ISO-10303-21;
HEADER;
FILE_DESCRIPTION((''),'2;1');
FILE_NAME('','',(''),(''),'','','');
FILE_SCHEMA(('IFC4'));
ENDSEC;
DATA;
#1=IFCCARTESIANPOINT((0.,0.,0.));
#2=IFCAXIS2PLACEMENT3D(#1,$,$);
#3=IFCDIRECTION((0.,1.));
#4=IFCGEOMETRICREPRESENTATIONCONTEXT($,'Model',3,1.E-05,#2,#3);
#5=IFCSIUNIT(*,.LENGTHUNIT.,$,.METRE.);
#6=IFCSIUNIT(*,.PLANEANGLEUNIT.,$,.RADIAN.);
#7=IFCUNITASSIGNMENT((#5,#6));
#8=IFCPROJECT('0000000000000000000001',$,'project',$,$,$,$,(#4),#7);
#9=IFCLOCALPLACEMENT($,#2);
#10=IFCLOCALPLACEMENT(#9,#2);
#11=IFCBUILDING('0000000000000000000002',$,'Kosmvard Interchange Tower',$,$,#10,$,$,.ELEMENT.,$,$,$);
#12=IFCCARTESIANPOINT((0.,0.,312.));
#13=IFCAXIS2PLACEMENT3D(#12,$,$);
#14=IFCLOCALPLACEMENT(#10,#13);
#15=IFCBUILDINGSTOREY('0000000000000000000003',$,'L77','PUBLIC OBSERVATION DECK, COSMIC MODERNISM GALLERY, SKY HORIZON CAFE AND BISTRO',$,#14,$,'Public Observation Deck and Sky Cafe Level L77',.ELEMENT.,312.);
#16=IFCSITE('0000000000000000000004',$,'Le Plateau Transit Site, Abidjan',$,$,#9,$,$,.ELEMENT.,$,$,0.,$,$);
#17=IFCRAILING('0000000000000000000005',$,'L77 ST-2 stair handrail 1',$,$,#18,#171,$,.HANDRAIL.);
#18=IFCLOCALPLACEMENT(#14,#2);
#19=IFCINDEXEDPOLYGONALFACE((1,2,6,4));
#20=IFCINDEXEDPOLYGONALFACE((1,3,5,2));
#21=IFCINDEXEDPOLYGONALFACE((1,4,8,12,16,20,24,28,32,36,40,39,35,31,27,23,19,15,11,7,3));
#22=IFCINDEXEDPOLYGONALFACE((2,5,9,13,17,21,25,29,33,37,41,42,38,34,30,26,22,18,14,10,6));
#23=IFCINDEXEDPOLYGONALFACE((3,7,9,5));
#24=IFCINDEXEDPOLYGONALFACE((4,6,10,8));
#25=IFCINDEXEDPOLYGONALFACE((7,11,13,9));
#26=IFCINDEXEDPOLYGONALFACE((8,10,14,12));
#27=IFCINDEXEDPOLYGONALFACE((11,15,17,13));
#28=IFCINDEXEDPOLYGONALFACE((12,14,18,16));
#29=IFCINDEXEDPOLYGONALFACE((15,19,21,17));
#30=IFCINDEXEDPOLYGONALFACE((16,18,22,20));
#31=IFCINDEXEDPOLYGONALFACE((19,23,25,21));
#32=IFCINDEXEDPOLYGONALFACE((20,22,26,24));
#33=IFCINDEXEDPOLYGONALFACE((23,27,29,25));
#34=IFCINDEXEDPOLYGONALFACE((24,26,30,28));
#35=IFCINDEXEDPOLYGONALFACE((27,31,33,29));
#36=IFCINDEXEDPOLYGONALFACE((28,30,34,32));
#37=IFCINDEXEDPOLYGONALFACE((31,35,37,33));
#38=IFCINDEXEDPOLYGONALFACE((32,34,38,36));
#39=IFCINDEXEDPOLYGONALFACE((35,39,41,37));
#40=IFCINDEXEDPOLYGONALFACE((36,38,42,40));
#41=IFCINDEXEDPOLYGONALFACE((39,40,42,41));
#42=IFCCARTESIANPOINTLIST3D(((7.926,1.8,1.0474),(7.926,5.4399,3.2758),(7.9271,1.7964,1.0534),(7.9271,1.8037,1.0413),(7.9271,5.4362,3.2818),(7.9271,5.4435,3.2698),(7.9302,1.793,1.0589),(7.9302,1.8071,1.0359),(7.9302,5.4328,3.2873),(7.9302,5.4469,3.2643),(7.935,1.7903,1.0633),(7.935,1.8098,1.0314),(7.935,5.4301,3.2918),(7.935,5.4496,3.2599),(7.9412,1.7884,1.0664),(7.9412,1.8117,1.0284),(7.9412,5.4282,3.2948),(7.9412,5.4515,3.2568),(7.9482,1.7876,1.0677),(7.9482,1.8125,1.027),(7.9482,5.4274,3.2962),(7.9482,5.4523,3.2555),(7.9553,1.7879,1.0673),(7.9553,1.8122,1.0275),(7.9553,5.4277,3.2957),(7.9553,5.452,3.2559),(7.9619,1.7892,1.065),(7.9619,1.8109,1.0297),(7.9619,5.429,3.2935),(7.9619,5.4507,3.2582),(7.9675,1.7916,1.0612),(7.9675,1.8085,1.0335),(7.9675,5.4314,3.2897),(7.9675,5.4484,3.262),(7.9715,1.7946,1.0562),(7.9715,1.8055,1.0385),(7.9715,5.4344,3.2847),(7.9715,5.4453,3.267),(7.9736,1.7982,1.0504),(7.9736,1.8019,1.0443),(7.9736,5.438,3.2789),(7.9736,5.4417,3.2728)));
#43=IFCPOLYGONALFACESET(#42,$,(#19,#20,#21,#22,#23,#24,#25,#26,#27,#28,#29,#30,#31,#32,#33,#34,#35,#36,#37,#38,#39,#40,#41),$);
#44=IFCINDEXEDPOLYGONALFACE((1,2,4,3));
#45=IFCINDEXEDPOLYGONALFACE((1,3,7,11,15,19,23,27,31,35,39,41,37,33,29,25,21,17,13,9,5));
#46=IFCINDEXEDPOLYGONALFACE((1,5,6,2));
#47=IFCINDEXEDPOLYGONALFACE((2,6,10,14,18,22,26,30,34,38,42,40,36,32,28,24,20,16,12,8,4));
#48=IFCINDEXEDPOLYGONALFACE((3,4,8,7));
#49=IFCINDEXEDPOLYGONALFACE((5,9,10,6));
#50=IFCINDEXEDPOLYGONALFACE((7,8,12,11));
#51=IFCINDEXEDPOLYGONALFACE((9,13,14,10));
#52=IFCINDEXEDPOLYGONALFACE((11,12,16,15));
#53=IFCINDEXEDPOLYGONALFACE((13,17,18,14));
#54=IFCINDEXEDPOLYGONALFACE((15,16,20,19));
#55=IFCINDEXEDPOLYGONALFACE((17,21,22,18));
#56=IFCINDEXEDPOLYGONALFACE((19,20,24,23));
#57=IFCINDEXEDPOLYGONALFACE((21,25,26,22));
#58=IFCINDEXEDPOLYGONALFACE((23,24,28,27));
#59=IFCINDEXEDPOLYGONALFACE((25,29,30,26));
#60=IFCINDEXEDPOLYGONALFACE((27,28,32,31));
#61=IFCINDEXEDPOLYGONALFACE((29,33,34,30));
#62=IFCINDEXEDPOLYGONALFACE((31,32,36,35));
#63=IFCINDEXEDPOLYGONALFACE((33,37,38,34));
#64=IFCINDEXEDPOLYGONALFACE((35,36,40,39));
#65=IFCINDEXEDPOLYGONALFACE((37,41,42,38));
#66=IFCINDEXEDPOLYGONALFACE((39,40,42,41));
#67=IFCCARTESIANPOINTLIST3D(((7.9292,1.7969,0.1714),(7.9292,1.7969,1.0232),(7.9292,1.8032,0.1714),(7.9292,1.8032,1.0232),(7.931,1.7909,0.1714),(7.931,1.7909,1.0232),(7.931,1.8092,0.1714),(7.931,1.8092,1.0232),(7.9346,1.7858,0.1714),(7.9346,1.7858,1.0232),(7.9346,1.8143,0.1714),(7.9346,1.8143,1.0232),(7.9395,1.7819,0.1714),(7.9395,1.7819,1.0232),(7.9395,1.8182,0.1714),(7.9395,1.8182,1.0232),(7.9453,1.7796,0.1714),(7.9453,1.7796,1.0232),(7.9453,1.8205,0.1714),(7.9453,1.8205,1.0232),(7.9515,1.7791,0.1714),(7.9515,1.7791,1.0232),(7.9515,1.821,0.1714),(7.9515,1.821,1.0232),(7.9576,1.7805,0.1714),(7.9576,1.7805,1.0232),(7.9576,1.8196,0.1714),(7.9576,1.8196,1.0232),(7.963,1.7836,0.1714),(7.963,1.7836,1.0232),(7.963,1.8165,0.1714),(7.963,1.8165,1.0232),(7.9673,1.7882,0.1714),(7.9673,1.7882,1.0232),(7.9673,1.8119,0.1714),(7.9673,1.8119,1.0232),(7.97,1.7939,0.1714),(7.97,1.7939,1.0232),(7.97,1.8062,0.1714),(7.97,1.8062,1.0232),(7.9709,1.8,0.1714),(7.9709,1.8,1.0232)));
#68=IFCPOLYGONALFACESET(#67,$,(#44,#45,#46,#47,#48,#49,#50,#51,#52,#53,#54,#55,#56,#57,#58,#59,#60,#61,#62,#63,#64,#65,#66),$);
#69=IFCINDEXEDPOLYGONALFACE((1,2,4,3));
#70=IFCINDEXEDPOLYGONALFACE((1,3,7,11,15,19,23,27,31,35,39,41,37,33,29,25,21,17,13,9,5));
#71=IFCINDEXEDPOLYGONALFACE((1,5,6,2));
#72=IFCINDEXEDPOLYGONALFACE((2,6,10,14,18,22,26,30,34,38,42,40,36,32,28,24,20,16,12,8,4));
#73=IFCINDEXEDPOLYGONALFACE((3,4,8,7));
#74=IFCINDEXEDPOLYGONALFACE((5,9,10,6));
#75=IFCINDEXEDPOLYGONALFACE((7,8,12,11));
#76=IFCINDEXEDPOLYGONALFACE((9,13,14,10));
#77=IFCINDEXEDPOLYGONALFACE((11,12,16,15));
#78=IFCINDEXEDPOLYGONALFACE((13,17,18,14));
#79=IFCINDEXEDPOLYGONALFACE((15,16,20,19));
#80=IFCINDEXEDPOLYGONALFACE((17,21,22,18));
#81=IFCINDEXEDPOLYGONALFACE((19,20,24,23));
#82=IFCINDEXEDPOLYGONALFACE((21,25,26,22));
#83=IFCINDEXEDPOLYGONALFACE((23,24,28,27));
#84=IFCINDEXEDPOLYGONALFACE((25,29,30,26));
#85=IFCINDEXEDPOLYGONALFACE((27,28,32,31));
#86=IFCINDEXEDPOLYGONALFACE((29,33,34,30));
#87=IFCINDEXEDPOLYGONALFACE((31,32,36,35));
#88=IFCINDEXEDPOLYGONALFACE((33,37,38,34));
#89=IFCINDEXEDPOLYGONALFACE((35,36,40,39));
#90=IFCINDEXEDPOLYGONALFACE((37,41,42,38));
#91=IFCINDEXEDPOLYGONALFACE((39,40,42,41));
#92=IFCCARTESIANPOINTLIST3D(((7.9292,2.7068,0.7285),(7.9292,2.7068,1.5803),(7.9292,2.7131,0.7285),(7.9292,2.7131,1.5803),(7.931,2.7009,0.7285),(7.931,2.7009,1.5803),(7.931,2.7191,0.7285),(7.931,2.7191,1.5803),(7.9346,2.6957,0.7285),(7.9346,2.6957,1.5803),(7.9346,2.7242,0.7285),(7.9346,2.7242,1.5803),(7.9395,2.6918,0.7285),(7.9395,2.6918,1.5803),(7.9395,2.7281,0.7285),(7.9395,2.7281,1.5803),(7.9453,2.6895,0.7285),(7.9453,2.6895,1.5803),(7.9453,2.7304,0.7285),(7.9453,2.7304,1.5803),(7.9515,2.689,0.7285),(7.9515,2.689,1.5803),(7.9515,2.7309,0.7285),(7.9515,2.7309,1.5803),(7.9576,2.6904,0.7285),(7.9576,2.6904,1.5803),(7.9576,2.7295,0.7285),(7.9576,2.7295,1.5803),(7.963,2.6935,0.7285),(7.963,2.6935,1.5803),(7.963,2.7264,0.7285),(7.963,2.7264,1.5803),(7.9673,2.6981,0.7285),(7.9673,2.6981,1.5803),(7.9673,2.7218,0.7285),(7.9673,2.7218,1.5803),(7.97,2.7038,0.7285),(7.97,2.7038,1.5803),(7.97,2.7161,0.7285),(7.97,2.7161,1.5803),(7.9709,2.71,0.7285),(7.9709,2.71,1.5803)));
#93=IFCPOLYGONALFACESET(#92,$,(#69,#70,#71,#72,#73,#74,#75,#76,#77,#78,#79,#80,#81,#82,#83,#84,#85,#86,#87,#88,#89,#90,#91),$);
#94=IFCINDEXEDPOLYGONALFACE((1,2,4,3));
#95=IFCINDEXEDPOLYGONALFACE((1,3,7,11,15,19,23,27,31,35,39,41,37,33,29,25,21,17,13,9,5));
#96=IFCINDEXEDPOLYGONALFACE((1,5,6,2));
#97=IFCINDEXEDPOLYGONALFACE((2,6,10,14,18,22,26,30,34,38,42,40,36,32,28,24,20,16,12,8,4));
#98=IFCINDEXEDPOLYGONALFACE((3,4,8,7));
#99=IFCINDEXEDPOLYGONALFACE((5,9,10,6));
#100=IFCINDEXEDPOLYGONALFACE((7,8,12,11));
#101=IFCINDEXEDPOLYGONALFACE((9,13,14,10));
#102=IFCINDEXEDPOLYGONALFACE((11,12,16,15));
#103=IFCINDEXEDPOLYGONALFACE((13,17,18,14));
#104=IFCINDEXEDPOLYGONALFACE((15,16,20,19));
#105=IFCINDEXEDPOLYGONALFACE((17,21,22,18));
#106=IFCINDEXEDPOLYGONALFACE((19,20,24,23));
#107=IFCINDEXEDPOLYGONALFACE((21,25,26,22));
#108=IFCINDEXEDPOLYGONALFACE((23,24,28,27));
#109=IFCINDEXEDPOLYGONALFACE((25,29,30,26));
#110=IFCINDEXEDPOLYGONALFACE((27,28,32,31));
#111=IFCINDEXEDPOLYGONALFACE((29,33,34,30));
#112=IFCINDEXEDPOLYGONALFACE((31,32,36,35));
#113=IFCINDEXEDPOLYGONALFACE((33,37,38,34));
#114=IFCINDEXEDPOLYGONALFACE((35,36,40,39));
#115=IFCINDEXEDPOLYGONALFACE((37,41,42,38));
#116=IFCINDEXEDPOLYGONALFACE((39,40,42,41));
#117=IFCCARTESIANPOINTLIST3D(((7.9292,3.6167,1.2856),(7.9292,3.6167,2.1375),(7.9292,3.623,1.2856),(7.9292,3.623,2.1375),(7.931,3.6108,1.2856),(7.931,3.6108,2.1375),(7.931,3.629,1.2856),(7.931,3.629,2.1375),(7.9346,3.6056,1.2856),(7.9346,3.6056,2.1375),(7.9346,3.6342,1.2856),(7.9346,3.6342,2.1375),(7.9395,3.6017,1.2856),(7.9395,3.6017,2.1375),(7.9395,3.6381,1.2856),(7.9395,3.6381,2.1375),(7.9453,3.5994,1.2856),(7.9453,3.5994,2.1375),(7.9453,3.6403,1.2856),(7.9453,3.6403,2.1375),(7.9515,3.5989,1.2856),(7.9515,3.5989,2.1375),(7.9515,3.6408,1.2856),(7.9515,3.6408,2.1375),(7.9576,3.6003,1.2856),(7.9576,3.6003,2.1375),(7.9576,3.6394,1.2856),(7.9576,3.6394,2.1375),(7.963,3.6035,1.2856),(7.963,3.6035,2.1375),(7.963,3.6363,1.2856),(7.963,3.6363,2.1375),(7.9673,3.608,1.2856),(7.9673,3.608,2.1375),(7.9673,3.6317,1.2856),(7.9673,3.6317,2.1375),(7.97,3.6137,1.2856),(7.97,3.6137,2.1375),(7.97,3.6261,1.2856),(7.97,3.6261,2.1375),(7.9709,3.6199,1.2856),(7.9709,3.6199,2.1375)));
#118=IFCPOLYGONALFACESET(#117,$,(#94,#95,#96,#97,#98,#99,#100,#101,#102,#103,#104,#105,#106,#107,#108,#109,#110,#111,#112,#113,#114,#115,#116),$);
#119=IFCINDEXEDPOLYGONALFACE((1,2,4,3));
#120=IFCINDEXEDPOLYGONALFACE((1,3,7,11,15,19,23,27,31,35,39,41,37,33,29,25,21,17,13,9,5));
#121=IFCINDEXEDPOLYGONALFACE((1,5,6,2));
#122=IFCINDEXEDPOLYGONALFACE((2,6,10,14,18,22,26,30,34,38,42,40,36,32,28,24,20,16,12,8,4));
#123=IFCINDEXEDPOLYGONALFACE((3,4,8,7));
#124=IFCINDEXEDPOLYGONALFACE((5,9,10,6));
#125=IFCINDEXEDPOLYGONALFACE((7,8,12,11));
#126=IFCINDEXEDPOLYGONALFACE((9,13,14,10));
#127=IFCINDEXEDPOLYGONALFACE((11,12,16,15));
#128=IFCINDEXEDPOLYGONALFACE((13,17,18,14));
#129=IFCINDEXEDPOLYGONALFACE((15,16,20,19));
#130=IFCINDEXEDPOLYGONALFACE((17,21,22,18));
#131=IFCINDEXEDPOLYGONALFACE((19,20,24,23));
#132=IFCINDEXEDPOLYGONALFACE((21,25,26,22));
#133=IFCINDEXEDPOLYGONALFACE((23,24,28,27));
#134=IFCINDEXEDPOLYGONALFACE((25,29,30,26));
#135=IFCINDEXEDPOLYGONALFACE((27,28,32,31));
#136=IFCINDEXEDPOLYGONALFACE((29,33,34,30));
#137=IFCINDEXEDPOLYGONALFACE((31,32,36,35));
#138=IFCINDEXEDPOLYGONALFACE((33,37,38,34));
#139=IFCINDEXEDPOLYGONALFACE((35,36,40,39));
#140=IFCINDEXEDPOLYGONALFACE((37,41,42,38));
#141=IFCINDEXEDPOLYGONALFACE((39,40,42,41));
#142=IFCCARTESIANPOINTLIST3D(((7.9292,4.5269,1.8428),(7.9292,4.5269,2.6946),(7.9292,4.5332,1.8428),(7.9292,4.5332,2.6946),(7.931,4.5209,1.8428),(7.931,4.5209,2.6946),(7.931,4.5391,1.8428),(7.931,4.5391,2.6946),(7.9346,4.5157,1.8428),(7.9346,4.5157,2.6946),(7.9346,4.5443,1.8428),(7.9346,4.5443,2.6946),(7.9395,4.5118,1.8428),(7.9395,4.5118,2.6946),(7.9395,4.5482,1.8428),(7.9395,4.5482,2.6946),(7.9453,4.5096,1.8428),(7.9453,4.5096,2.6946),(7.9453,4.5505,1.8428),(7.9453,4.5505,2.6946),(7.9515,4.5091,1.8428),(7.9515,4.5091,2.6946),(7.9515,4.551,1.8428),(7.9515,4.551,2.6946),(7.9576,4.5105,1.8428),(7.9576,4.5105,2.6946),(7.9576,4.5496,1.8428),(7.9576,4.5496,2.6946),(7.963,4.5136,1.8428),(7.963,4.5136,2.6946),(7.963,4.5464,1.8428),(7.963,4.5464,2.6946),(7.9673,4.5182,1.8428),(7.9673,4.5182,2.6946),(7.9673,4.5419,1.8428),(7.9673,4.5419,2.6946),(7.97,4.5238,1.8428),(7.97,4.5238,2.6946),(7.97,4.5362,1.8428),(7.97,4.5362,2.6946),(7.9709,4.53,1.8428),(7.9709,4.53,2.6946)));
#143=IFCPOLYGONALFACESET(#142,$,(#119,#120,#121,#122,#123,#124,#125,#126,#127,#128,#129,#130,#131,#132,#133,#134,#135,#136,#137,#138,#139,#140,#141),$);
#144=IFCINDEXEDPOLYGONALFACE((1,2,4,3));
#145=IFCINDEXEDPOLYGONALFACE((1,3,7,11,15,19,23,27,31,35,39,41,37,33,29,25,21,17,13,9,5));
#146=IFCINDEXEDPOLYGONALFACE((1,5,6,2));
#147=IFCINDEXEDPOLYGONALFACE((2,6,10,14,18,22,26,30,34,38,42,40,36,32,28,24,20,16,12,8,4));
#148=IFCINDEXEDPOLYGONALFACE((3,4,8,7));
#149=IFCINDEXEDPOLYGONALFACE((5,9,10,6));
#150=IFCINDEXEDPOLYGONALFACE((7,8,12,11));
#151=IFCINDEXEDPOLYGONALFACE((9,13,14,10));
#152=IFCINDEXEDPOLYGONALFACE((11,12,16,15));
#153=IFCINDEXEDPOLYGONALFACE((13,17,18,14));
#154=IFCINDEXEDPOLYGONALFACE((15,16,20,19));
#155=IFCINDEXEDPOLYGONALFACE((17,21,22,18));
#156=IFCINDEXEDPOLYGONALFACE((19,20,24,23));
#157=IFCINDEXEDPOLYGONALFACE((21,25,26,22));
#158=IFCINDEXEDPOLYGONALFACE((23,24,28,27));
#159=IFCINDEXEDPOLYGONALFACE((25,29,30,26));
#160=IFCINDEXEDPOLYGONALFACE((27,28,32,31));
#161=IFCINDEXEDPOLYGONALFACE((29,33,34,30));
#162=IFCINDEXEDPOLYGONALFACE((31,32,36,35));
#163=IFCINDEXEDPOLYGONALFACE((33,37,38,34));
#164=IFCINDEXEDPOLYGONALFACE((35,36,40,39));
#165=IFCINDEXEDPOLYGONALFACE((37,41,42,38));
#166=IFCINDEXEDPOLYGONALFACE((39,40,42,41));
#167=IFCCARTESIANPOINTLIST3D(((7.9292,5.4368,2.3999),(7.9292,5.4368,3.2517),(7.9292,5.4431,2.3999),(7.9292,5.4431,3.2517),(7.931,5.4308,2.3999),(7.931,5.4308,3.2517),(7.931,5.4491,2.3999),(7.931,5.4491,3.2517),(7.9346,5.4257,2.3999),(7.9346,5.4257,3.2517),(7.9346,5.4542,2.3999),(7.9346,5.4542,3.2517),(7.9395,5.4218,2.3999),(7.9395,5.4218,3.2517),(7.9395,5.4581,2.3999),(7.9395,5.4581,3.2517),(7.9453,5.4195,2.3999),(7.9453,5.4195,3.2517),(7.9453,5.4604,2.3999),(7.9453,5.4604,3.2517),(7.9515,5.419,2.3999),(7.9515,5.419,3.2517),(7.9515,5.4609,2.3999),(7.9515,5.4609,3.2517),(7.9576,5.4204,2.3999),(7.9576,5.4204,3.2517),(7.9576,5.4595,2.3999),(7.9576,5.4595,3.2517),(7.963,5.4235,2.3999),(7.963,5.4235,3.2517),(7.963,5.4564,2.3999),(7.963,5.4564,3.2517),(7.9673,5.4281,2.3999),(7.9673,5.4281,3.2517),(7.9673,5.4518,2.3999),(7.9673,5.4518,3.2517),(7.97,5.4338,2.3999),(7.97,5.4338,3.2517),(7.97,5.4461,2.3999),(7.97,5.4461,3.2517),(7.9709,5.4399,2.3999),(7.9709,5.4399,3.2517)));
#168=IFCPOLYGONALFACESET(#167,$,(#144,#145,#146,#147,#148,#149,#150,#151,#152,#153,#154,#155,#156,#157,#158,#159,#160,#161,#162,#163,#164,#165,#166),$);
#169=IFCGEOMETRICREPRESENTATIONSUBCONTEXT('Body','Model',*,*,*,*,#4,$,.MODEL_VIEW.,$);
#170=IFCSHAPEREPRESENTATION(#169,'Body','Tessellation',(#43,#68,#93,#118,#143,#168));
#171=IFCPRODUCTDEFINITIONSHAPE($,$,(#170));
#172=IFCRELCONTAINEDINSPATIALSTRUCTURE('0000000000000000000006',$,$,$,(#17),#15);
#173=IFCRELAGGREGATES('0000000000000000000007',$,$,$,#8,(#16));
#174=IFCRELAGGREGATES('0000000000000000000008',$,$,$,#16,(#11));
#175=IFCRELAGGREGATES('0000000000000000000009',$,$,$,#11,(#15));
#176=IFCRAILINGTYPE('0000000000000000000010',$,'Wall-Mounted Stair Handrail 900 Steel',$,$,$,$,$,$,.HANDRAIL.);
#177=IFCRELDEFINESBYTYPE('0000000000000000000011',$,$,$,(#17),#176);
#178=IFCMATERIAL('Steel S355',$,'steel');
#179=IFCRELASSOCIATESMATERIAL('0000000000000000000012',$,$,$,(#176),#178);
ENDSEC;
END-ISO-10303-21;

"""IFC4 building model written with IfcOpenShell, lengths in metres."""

from ifc_helpers import new_model, si_unit, direction, frame, origin, origin_2d, place, context, subcontext, project, spatial, circle, extrude, source, transform, mapped, material, type_object, element, save


model = new_model("IFC4")

# Units and contexts
model_context = context("Model", 3, precision=1e-05, world=origin(), true_north=direction((0.0, 1.0)))
body_context = subcontext(model_context, "Body", "Model", "MODEL_VIEW")
ifc_project = project(units=[si_unit("LENGTHUNIT", "METRE"), si_unit("PLANEANGLEUNIT", "RADIAN")], contexts=[model_context])

# Site, building, storey
site_placement = place(None, origin())
site = spatial("IfcSite", under=ifc_project, at=site_placement, Name="Le Plateau Transit Site, Abidjan", CompositionType="ELEMENT", RefElevation=0.0)
building_placement = place(site_placement, origin())
building = spatial("IfcBuilding", under=site, at=building_placement, Name="Kosmvard Interchange Tower", CompositionType="ELEMENT")
storey_placement = place(building_placement, frame((0.0, 0.0, 312.0)))
storey = spatial("IfcBuildingStorey", under=building, at=storey_placement, Name="L77", Description="PUBLIC OBSERVATION DECK, COSMIC MODERNISM GALLERY, SKY HORIZON CAFE AND BISTRO", LongName="Public Observation Deck and Sky Cafe Level L77", CompositionType="ELEMENT", Elevation=312.0)

# Shared definitions
ifc_material_1 = material(Name="Steel S355", Category="steel")

# Railing
railing_type_1 = type_object("IfcRailingType", Name="Wall-Mounted Stair Handrail 900 Steel", PredefinedType="HANDRAIL", material=ifc_material_1)
shared_shape_1 = source(origin(), body_context, "Body", "SweptSolid", [
    extrude(circle(Radius=0.0239, at=origin_2d()), frame((0.0, 0.0, 0.876), z_axis=(0.0, 0.85285, 0.522156), x_axis=(-1.0, 0.0, 0.0)), (0.0, 0.0, 1.0), 4.2678),
    extrude(circle(Radius=0.021, at=origin_2d()), origin(), (0.0, 0.0, 1.0), 0.8518),
    extrude(circle(Radius=0.021, at=origin_2d()), frame((0.0, 0.9099, 0.5571)), (0.0, 0.0, 1.0), 0.8518),
    extrude(circle(Radius=0.021, at=origin_2d()), frame((0.0, 1.8198, 1.1143)), (0.0, 0.0, 1.0), 0.8518),
    extrude(circle(Radius=0.021, at=origin_2d()), frame((0.0, 2.73, 1.6714)), (0.0, 0.0, 1.0), 0.8518),
    extrude(circle(Radius=0.021, at=origin_2d()), frame((0.0, 3.6399, 2.2285)), (0.0, 0.0, 1.0), 0.8518),
])
railing_1_placement = place(storey_placement, frame((7.95, 1.8, 0.1714)))
element("IfcRailing", 1, at=railing_1_placement, inside=storey, type_object=railing_type_1, Name="L77 ST-2 stair handrail 1", PredefinedType="HANDRAIL", context=body_context, shape_type="MappedRepresentation", body=[
    mapped(shared_shape_1, transform((0.0, 0.0, 0.0), scale=1.0)),
])

save(model, "model.ifc")
